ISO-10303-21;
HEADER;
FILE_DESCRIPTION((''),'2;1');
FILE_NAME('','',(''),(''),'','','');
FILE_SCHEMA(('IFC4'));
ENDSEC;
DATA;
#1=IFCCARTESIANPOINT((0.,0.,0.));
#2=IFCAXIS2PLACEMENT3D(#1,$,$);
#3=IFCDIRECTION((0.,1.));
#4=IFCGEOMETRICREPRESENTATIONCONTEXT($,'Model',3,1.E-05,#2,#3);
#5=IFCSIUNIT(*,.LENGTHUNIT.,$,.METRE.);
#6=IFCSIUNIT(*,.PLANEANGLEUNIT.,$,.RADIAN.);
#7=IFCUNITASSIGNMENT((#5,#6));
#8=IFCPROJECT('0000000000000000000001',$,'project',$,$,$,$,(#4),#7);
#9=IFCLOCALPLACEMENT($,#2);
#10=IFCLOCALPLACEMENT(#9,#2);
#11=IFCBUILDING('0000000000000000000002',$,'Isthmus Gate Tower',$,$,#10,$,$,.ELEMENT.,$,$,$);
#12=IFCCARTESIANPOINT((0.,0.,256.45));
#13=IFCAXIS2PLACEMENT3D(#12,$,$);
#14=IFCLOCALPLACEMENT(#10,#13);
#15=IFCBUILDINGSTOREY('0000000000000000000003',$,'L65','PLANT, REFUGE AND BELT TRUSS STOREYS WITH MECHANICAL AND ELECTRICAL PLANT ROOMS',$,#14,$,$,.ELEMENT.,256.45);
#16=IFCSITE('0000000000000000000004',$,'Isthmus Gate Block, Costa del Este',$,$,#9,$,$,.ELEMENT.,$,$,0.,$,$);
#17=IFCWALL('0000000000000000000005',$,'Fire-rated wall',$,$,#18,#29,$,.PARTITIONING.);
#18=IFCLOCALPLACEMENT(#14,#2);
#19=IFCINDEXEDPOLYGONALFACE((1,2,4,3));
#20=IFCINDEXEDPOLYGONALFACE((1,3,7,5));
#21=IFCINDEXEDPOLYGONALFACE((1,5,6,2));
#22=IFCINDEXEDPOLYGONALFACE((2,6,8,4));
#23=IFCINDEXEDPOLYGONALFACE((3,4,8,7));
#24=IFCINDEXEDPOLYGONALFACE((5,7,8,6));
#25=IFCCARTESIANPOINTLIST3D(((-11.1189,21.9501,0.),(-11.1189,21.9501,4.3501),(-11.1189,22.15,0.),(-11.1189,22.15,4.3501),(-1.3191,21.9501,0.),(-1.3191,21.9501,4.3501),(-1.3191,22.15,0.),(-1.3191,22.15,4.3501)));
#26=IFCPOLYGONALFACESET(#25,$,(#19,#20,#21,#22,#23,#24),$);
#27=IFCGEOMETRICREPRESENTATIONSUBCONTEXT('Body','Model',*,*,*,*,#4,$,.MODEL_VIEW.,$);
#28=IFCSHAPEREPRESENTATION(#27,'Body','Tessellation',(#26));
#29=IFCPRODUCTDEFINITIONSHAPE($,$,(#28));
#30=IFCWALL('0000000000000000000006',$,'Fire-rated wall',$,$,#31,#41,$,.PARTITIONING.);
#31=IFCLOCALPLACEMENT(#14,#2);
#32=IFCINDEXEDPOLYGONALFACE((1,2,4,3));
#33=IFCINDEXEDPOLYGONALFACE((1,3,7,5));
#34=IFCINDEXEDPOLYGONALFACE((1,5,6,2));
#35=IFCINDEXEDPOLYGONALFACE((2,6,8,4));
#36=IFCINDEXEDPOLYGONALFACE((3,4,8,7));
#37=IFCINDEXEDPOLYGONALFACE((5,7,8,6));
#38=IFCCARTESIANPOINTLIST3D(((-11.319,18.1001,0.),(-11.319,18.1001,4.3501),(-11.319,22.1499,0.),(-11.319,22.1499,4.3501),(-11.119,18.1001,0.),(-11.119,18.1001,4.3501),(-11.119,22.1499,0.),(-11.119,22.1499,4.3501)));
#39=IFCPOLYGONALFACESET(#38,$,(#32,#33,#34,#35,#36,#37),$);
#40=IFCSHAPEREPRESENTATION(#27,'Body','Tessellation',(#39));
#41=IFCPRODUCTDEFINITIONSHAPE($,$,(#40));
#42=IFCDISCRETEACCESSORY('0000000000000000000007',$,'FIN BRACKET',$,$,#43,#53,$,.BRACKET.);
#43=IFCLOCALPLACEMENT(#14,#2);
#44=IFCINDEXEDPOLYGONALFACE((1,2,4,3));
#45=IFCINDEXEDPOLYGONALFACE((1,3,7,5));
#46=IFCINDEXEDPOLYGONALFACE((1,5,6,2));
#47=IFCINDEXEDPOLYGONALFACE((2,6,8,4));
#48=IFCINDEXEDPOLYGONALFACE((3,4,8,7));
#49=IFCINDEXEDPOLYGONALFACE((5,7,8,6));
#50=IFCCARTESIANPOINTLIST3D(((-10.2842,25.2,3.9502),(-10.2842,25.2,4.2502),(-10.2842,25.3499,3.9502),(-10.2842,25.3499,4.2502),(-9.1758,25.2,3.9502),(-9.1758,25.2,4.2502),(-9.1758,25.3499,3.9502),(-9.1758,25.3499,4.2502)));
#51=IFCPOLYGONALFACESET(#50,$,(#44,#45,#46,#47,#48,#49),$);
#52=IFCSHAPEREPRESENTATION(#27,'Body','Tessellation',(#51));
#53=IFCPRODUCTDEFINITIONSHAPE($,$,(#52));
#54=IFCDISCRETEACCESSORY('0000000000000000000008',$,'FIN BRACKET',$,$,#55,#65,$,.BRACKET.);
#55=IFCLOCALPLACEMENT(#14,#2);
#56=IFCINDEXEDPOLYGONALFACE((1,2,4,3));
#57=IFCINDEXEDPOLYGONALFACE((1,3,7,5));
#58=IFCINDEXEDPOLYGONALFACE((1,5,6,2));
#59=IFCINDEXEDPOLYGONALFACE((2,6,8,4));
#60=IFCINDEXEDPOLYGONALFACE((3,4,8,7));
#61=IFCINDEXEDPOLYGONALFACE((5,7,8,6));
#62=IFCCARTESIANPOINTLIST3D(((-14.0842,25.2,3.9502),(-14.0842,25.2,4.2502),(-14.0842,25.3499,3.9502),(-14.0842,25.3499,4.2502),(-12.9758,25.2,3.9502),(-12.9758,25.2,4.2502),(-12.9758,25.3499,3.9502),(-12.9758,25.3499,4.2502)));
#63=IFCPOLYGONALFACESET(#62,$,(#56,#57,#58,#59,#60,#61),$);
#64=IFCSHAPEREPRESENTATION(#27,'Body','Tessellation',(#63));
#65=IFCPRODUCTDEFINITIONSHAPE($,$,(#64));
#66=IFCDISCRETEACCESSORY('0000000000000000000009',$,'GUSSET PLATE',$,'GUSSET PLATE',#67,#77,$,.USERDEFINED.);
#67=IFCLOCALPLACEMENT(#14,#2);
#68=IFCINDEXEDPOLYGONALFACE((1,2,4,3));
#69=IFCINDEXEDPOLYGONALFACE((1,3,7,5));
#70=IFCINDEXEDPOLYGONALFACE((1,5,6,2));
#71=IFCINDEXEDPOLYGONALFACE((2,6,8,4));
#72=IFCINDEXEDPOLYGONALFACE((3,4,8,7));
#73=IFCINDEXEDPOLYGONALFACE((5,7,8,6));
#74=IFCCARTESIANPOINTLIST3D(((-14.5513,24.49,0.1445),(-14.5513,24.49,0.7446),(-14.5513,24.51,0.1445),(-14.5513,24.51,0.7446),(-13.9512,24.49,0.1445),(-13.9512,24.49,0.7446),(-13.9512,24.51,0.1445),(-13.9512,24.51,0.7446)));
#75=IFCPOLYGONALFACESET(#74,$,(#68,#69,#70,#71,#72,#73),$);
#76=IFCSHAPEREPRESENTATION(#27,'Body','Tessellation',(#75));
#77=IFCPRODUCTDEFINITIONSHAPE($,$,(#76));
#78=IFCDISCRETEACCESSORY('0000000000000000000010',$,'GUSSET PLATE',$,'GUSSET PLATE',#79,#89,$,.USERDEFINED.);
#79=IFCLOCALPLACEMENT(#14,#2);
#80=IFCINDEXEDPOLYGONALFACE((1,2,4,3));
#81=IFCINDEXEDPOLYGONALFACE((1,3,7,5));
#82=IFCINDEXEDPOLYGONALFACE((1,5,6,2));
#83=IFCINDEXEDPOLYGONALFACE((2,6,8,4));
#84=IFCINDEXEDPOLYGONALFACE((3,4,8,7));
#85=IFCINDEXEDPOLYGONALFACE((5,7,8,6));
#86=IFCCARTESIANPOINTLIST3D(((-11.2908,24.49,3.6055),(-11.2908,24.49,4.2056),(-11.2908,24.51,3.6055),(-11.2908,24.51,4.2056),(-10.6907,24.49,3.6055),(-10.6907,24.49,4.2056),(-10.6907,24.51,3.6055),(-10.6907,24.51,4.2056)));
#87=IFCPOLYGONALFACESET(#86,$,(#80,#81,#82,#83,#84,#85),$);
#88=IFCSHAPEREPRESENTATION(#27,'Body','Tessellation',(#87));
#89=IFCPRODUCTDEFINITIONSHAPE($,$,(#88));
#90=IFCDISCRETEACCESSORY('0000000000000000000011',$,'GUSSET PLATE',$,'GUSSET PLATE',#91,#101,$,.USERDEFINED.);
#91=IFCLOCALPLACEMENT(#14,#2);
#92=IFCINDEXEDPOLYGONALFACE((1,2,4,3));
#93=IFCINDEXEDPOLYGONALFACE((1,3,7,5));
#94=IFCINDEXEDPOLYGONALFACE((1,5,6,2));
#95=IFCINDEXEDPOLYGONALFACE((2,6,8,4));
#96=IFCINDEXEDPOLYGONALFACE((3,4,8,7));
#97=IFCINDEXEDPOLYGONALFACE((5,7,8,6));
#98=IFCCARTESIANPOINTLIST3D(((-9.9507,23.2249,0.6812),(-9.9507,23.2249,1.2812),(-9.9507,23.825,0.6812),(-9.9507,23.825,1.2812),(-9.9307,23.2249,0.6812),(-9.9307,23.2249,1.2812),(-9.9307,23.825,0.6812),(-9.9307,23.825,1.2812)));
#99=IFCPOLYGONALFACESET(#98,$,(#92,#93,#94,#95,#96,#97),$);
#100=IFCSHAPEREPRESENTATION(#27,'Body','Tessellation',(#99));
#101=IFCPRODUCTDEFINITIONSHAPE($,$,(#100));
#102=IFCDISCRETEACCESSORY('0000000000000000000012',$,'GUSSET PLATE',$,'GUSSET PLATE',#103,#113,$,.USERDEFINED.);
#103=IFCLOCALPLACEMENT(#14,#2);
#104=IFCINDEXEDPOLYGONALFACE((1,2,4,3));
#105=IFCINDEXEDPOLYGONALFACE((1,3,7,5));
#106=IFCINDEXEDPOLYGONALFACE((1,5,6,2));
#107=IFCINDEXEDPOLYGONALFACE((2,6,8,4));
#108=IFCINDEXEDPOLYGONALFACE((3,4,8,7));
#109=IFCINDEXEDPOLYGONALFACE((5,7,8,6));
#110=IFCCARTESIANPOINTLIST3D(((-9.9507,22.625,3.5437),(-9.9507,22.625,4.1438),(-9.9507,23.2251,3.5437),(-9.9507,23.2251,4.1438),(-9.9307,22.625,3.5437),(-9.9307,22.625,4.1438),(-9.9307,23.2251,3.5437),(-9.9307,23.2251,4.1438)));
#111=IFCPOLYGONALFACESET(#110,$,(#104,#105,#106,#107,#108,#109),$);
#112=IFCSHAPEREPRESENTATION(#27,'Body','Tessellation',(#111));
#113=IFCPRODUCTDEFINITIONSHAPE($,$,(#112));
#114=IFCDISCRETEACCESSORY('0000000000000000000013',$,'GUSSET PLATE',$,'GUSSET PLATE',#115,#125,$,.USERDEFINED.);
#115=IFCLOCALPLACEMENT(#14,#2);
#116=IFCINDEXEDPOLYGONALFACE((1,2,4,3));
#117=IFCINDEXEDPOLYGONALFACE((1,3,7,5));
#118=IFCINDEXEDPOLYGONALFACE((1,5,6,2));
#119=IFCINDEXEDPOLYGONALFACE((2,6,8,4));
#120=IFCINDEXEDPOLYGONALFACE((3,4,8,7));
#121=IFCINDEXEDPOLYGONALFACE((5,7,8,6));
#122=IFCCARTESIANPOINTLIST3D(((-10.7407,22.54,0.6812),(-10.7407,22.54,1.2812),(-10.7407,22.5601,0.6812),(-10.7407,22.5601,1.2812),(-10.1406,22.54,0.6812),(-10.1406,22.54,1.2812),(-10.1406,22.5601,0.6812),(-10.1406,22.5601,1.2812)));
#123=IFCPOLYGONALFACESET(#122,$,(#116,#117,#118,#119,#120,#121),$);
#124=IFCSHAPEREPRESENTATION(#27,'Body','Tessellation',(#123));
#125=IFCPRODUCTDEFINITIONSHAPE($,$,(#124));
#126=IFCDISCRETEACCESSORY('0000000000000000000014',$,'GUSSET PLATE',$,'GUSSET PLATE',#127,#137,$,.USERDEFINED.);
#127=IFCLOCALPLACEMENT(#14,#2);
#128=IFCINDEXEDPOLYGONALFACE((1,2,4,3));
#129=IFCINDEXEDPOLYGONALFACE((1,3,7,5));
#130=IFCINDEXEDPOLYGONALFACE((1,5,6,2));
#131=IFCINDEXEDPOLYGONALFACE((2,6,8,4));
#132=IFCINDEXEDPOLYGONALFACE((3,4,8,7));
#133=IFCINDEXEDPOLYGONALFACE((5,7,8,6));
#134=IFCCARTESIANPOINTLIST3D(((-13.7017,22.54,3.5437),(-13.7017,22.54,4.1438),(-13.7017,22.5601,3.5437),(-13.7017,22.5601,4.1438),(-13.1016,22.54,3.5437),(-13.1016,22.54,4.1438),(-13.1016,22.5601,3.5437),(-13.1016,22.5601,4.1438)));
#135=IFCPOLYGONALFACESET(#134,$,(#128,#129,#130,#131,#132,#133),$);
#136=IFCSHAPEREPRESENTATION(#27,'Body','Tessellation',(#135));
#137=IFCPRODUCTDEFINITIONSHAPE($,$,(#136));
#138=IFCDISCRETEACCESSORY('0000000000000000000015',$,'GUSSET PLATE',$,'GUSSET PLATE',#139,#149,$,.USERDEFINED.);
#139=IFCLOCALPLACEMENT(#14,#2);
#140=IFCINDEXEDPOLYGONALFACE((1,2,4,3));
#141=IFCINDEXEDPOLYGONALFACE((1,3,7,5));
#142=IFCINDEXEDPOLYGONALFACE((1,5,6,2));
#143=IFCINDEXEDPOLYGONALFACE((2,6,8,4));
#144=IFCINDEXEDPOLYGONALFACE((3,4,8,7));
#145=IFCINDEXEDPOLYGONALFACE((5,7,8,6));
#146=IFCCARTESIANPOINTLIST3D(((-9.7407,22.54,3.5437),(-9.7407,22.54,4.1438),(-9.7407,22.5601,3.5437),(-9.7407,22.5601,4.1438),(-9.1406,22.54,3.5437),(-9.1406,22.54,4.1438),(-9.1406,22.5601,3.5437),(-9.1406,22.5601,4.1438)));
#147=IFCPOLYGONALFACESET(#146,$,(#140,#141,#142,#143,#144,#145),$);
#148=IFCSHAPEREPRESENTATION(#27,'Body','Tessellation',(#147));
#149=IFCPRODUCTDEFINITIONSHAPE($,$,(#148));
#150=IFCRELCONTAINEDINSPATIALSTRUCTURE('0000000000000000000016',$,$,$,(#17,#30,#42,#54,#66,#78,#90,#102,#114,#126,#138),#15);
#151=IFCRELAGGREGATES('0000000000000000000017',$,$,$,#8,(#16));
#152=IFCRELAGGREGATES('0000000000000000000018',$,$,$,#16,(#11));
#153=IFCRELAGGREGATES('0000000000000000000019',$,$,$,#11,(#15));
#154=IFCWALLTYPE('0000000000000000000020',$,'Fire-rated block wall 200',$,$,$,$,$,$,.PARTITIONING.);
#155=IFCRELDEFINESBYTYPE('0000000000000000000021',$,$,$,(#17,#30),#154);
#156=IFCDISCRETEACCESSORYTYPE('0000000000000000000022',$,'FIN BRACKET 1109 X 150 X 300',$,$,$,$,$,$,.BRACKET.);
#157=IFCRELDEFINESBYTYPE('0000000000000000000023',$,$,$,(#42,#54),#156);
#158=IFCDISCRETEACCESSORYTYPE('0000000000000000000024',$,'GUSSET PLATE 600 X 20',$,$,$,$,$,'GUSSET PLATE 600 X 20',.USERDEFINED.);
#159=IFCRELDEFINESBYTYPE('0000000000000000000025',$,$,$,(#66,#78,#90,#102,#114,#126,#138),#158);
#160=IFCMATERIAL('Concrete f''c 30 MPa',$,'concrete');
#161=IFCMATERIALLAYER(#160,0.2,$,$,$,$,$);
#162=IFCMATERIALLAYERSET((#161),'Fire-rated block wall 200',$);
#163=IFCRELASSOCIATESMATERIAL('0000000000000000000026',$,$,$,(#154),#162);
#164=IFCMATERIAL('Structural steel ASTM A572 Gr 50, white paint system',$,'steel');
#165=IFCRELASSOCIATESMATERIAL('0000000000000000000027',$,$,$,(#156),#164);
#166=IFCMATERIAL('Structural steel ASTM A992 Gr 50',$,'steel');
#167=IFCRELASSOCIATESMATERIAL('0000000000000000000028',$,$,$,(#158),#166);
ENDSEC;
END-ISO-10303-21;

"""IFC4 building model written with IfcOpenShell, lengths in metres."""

from ifc_helpers import new_model, si_unit, direction, frame, frame_2d, origin, origin_2d, place, context, subcontext, project, spatial, rectangle, extrude, material, layer, layer_set, type_object, element, save


model = new_model("IFC4")

# Units and contexts
model_context = context("Model", 3, precision=1e-05, world=origin(), true_north=direction((0.0, 1.0)))
body_context = subcontext(model_context, "Body", "Model", "MODEL_VIEW")
ifc_project = project(units=[si_unit("LENGTHUNIT", "METRE"), si_unit("PLANEANGLEUNIT", "RADIAN")], contexts=[model_context])

# Site, building, storey
site_placement = place(None, origin())
site = spatial("IfcSite", under=ifc_project, at=site_placement, Name="Isthmus Gate Block, Costa del Este", CompositionType="ELEMENT", RefElevation=0.0)
building_placement = place(site_placement, origin())
building = spatial("IfcBuilding", under=site, at=building_placement, Name="Isthmus Gate Tower", CompositionType="ELEMENT")
storey_placement = place(building_placement, frame((0.0, 0.0, 256.45)))
storey = spatial("IfcBuildingStorey", under=building, at=storey_placement, Name="L65", Description="PLANT, REFUGE AND BELT TRUSS STOREYS WITH MECHANICAL AND ELECTRICAL PLANT ROOMS", CompositionType="ELEMENT", Elevation=256.45)

# Walls
ifc_material_1 = material(Name="Concrete f'c 30 MPa", Category="concrete")
ifc_layer_1 = layer(ifc_material_1, 0.2)
ifc_layer_set_1 = layer_set([ifc_layer_1], Name="Fire-rated block wall 200")
wall_type = type_object("IfcWallType", Name="Fire-rated block wall 200", PredefinedType="PARTITIONING", material=ifc_layer_set_1)
wall_1_placement = place(storey_placement, frame((-11.1189, 22.05, 0.0), z_axis=(0.0, 0.0, 1.0), x_axis=(1.0, 0.0, 0.0)))
element("IfcWall", 1, at=wall_1_placement, inside=storey, type_object=wall_type, Name="Fire-rated wall", PredefinedType="PARTITIONING", context=body_context, shape_type="SweptSolid", body=[
    extrude(rectangle(XDim=9.7998, YDim=0.2, at=frame_2d((4.8999, 0.0))), origin(), (0.0, 0.0, 1.0), 4.3501),
])
wall_2_placement = place(storey_placement, frame((-11.219, 18.1001, 0.0), z_axis=(0.0, 0.0, 1.0), x_axis=(0.0, 1.0, 0.0)))
element("IfcWall", 2, at=wall_2_placement, inside=storey, type_object=wall_type, Name="Fire-rated wall", PredefinedType="PARTITIONING", context=body_context, shape_type="SweptSolid", body=[
    extrude(rectangle(XDim=4.0498, YDim=0.2, at=frame_2d((2.0249, 0.0))), origin(), (0.0, 0.0, 1.0), 4.3501),
])

# Discrete accessories
ifc_material_2 = material(Name="Structural steel ASTM A572 Gr 50, white paint system", Category="steel")
discrete_accessory_type_1 = type_object("IfcDiscreteAccessoryType", Name="FIN BRACKET 1109 X 150 X 300", PredefinedType="BRACKET", material=ifc_material_2)
for number, where, z_axis, x_axis, name in (
    (3, (-9.73, 25.2749, 3.9502), (0.0, 0.0, 1.0), (0.0, 1.0, 0.0), "FIN BRACKET"),
    (4, (-13.53, 25.2749, 3.9502), (0.0, 0.0, 1.0), (0.0, 1.0, 0.0), "FIN BRACKET"),
):
    element("IfcDiscreteAccessory", number, at=place(storey_placement, frame(where, z_axis=z_axis, x_axis=x_axis)), inside=storey, type_object=discrete_accessory_type_1, Name=name, PredefinedType="BRACKET", context=body_context, shape_type="SweptSolid", body=[
        extrude(rectangle(XDim=0.1499, YDim=1.1084, at=origin_2d()), origin(), (0.0, 0.0, 1.0), 0.3),
    ])
ifc_material_3 = material(Name="Structural steel ASTM A992 Gr 50", Category="steel")
discrete_accessory_type_2 = type_object("IfcDiscreteAccessoryType", Name="GUSSET PLATE 600 X 20", ElementType="GUSSET PLATE 600 X 20", PredefinedType="USERDEFINED", material=ifc_material_3)
for number, where, z_axis, x_axis, name in (
    (5, (-14.2512, 24.5, 0.1445), (0.0, 0.0, 1.0), (1.0, 0.0, 0.0), "GUSSET PLATE"),
    (6, (-10.9907, 24.5, 3.6055), (0.0, 0.0, 1.0), (1.0, 0.0, 0.0), "GUSSET PLATE"),
    (7, (-9.9407, 23.5249, 0.6812), (0.0, 0.0, 1.0), (0.0, -1.0, 0.0), "GUSSET PLATE"),
    (8, (-9.9407, 22.925, 3.5437), (0.0, 0.0, 1.0), (0.0, -1.0, 0.0), "GUSSET PLATE"),
    (9, (-10.4407, 22.55, 0.6812), (0.0, 0.0, 1.0), (-1.0, 0.0, 0.0), "GUSSET PLATE"),
    (10, (-13.4016, 22.55, 3.5437), (0.0, 0.0, 1.0), (-1.0, 0.0, 0.0), "GUSSET PLATE"),
    (11, (-9.4407, 22.55, 3.5437), (0.0, 0.0, 1.0), (-1.0, 0.0, 0.0), "GUSSET PLATE"),
):
    element("IfcDiscreteAccessory", number, at=place(storey_placement, frame(where, z_axis=z_axis, x_axis=x_axis)), inside=storey, type_object=discrete_accessory_type_2, Name=name, ObjectType="GUSSET PLATE", PredefinedType="USERDEFINED", context=body_context, shape_type="SweptSolid", body=[
        extrude(rectangle(XDim=0.6001, YDim=0.02, at=origin_2d()), origin(), (0.0, 0.0, 1.0), 0.6001),
    ])

save(model, "model.ifc")
